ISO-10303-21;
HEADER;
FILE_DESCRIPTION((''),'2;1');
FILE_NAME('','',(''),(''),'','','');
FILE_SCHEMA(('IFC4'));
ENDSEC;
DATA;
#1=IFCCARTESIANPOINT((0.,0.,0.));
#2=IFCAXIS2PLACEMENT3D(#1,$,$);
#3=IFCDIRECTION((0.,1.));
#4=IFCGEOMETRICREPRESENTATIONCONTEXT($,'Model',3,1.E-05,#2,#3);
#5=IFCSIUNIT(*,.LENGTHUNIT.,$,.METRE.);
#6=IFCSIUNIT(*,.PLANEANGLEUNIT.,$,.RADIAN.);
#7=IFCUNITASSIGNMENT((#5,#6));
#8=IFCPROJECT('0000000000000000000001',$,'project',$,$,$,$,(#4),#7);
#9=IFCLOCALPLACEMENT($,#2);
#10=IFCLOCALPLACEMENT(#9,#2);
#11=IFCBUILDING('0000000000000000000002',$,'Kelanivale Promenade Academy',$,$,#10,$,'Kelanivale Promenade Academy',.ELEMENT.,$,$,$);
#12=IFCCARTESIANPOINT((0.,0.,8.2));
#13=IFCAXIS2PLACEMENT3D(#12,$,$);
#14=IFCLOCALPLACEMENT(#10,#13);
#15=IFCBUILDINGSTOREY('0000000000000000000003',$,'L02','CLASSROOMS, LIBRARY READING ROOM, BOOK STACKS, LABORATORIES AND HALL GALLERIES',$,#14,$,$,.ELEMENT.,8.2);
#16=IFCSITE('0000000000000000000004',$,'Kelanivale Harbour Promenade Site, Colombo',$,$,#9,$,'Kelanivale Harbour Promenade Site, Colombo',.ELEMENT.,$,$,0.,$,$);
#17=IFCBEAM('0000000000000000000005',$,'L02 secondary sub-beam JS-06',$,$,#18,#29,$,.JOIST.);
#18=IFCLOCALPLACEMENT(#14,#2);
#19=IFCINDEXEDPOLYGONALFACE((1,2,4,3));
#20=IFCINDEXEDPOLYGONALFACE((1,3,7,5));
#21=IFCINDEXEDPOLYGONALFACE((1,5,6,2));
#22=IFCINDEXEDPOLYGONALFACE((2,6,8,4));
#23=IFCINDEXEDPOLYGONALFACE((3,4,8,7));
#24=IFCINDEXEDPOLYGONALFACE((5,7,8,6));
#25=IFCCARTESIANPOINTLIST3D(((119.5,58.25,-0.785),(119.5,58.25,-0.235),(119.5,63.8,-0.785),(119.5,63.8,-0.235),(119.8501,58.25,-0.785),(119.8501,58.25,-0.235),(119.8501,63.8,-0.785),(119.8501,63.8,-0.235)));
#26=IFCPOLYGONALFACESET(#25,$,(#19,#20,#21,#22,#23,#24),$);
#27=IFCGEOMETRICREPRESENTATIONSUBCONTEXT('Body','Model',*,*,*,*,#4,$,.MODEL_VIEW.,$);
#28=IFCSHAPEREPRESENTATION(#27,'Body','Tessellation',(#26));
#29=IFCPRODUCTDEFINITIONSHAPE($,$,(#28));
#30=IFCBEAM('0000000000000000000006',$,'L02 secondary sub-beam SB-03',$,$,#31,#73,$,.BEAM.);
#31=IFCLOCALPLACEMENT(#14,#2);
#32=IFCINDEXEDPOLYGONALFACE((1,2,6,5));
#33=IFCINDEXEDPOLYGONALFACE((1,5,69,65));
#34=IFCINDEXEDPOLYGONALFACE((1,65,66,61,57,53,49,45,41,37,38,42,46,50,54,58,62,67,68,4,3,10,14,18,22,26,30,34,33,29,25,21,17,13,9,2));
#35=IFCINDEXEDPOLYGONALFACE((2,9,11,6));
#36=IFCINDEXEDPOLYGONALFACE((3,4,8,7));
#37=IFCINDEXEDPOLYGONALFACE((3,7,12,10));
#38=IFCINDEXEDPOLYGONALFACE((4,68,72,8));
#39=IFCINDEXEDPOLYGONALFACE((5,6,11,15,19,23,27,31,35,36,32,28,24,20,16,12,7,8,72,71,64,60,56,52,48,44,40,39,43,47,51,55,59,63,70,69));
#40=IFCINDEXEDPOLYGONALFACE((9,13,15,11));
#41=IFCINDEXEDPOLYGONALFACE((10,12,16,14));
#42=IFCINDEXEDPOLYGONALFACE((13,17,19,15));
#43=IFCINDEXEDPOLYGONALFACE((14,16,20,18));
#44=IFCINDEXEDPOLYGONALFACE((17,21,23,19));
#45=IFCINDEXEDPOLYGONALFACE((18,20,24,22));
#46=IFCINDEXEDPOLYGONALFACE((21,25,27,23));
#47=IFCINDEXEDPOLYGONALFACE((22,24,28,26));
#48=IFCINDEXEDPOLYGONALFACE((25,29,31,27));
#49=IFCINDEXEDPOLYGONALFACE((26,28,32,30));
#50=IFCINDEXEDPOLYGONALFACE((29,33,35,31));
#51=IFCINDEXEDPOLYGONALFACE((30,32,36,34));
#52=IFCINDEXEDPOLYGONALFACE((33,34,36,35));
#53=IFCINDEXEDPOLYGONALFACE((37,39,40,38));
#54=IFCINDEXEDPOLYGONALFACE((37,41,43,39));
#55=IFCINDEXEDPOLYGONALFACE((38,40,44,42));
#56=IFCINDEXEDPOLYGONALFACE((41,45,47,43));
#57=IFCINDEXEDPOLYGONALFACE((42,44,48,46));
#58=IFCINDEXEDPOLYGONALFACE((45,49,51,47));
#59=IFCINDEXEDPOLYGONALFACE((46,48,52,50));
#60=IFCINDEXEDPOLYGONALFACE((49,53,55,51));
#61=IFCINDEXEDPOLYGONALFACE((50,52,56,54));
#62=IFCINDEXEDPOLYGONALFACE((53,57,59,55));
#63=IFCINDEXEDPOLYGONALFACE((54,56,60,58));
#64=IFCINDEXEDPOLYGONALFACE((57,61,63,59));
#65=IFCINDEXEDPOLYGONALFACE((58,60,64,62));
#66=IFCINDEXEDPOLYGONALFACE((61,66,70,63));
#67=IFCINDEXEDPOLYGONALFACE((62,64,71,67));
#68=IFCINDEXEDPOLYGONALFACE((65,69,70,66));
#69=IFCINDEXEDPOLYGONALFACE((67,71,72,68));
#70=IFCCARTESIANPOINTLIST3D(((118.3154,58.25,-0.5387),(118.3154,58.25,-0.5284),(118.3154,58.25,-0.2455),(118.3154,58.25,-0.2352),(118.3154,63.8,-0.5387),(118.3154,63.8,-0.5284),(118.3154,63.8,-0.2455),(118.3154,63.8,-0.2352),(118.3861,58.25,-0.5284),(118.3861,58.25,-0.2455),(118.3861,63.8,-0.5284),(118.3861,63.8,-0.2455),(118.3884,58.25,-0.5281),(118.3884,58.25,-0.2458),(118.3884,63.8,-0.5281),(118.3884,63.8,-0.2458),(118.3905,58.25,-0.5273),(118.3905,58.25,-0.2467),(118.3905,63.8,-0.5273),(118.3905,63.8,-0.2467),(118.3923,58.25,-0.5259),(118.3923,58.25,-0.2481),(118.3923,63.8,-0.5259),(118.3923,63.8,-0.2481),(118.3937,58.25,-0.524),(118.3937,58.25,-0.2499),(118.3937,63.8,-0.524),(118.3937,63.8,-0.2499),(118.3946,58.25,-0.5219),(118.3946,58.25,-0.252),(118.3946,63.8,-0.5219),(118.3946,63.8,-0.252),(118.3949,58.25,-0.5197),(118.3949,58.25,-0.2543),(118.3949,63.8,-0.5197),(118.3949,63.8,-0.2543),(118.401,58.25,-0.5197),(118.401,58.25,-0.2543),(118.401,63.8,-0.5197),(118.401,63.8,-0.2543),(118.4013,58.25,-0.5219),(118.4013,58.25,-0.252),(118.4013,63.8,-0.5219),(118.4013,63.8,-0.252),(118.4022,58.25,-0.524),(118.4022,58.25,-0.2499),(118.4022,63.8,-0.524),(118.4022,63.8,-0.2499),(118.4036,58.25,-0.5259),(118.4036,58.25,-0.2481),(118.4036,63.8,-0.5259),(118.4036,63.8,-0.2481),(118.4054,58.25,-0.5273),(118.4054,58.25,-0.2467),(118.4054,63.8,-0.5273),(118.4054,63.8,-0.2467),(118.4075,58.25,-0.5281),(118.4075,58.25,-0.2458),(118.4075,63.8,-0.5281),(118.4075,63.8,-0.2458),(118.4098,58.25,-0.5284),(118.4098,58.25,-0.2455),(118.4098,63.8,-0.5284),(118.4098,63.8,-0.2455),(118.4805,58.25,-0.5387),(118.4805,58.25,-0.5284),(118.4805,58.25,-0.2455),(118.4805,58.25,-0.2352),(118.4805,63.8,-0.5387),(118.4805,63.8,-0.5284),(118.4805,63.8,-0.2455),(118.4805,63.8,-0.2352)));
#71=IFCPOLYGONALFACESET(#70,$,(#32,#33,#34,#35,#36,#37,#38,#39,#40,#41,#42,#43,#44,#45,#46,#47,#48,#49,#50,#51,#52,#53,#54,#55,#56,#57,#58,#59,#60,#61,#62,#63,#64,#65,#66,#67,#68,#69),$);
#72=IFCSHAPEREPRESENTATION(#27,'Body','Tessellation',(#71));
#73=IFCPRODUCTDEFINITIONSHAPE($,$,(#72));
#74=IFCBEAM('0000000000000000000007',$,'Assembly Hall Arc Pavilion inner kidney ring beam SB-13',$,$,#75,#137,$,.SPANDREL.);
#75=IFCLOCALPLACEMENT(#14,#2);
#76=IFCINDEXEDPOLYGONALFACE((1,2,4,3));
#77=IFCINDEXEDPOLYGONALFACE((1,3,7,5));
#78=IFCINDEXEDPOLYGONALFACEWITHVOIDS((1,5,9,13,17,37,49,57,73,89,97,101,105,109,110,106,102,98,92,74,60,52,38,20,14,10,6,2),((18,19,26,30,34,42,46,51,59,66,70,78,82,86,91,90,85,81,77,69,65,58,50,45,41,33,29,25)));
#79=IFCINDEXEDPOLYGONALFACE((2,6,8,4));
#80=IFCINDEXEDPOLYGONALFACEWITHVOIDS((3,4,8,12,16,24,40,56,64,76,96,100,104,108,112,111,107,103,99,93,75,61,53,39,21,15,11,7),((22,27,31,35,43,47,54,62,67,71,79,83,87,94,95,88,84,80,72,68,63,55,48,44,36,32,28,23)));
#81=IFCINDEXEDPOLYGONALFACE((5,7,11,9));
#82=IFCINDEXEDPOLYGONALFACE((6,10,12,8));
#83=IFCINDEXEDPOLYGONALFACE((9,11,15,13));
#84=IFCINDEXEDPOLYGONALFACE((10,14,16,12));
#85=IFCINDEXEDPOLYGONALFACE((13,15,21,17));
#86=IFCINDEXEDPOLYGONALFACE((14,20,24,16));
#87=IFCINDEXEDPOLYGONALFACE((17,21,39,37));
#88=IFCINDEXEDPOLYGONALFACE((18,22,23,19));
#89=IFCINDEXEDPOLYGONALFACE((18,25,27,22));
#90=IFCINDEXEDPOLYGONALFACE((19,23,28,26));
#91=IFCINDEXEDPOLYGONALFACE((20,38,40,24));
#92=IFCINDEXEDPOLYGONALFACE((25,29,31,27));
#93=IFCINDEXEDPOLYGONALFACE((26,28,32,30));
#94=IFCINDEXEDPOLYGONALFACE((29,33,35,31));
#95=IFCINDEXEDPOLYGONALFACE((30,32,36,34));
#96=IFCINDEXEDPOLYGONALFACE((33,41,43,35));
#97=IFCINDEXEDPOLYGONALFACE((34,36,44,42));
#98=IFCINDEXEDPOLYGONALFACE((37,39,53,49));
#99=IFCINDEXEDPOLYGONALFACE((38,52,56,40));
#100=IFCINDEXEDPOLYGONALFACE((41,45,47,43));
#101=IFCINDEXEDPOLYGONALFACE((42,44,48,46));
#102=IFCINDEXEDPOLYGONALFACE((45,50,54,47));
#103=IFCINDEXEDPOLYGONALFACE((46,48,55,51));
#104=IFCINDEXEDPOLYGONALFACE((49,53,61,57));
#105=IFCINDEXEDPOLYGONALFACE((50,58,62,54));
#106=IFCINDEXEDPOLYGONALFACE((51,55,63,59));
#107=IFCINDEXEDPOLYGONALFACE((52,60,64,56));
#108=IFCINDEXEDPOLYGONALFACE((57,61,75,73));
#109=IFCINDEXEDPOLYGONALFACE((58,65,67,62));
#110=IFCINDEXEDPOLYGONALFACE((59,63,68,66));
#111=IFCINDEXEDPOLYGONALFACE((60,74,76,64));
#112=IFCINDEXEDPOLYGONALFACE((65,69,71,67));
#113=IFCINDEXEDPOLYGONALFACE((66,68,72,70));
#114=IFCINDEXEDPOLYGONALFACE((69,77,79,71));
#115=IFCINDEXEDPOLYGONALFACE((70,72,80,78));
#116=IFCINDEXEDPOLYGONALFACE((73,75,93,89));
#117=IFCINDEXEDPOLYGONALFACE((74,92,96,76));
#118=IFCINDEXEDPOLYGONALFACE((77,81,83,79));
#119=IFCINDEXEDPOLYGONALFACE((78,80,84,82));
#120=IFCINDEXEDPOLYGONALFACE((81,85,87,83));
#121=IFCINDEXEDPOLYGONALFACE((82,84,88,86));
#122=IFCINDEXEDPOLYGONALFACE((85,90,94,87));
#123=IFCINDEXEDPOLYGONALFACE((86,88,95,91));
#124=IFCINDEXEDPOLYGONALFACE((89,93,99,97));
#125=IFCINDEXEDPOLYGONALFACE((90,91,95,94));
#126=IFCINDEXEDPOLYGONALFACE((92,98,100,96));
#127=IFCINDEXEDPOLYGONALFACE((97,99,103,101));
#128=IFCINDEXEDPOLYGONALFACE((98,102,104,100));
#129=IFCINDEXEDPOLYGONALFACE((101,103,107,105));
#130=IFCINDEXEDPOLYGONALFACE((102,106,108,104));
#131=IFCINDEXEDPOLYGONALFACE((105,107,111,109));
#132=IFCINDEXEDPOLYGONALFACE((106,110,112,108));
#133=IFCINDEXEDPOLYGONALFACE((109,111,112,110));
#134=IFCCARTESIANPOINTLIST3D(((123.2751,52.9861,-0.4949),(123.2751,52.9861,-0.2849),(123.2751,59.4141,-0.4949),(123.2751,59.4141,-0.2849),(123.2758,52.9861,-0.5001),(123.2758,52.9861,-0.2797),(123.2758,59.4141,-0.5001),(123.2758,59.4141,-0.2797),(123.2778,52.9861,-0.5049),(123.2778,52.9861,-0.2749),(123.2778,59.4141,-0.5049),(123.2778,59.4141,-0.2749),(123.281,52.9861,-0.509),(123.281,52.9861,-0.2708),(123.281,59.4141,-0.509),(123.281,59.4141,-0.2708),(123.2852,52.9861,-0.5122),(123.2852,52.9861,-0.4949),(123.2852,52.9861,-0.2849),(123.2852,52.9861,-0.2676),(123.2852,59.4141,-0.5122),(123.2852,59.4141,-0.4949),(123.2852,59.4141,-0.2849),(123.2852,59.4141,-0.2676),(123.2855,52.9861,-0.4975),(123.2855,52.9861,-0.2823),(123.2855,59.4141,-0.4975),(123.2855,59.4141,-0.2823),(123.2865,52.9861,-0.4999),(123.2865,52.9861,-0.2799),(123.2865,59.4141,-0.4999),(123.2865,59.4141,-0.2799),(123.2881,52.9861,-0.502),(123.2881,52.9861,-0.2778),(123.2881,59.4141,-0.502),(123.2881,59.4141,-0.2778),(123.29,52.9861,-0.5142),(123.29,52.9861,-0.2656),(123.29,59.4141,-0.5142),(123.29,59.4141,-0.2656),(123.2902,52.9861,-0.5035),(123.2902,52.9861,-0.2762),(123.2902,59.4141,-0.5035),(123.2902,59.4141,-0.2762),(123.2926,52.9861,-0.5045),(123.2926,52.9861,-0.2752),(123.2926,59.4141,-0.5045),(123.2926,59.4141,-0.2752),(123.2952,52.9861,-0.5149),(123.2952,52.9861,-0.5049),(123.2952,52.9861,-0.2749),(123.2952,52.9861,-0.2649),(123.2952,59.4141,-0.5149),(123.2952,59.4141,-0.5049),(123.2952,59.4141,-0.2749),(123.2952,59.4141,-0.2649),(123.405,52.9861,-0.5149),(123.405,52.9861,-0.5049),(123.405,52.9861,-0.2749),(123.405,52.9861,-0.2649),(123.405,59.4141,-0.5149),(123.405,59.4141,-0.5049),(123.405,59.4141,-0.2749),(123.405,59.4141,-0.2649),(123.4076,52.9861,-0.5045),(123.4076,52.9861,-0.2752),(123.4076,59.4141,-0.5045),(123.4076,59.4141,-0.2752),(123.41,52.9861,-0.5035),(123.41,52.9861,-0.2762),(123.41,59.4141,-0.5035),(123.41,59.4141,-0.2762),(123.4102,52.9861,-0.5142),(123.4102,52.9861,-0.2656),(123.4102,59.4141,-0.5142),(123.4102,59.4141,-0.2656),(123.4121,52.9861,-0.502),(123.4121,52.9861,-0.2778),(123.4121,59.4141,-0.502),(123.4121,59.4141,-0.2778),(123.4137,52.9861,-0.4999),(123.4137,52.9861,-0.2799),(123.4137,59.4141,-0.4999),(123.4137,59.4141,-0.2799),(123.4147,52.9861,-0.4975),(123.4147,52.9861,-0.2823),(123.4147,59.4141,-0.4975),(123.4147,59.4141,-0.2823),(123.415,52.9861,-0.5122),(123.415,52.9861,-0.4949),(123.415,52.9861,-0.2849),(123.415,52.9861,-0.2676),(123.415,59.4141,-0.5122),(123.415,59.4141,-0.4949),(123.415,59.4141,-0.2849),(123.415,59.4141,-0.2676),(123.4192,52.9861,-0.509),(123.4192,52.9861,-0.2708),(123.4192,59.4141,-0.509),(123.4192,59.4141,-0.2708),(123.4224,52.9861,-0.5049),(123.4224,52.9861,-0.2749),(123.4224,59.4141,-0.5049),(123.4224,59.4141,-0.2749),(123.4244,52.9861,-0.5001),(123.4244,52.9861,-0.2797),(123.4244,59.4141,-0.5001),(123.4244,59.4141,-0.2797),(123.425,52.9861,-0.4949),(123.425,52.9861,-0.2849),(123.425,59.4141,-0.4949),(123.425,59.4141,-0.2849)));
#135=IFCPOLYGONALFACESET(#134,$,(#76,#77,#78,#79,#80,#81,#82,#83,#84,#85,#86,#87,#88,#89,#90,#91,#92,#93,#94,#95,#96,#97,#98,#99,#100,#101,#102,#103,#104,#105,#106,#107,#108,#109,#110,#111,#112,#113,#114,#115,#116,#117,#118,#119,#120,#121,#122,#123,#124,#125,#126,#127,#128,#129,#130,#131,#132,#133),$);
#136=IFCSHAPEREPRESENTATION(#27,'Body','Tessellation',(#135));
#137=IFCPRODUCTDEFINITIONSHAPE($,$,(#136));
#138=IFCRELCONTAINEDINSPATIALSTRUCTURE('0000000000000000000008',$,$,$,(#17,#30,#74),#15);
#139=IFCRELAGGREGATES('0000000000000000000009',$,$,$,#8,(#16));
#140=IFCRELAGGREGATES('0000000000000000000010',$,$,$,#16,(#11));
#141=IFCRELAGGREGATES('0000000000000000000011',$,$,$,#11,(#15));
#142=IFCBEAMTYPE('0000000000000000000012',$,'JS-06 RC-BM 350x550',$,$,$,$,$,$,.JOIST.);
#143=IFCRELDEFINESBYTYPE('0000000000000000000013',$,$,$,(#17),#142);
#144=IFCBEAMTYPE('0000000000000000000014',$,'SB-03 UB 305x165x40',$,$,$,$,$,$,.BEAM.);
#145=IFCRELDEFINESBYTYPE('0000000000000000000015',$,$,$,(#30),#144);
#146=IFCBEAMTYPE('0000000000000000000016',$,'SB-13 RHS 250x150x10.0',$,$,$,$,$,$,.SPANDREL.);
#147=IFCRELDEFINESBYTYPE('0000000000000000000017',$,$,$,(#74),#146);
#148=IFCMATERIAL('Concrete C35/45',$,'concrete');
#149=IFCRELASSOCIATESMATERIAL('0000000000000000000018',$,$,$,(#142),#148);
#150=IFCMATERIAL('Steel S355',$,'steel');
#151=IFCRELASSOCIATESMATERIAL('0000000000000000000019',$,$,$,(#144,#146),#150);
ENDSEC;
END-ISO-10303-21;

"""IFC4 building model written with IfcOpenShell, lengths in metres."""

from ifc_helpers import new_model, si_unit, direction, frame, origin, origin_2d, place, context, subcontext, project, spatial, rectangle, hollow_rectangle, i_section, extrude, material, material_profile, profile_set, type_object, element, save


model = new_model("IFC4")

# Units and contexts
model_context = context("Model", 3, precision=1e-05, world=origin(), true_north=direction((0.0, 1.0)))
body_context = subcontext(model_context, "Body", "Model", "MODEL_VIEW")
ifc_project = project(units=[si_unit("LENGTHUNIT", "METRE"), si_unit("PLANEANGLEUNIT", "RADIAN")], contexts=[model_context])

# Site, building, storey
site_placement = place(None, origin())
site = spatial("IfcSite", under=ifc_project, at=site_placement, Name="Kelanivale Harbour Promenade Site, Colombo", LongName="Kelanivale Harbour Promenade Site, Colombo", CompositionType="ELEMENT", RefElevation=0.0)
building_placement = place(site_placement, origin())
building = spatial("IfcBuilding", under=site, at=building_placement, Name="Kelanivale Promenade Academy", LongName="Kelanivale Promenade Academy", CompositionType="ELEMENT")
storey_placement = place(building_placement, frame((0.0, 0.0, 8.2)))
storey = spatial("IfcBuildingStorey", under=building, at=storey_placement, Name="L02", Description="CLASSROOMS, LIBRARY READING ROOM, BOOK STACKS, LABORATORIES AND HALL GALLERIES", CompositionType="ELEMENT", Elevation=8.2)

# Shared definitions
ifc_material_1 = material(Name="Steel S355", Category="steel")

# Beams
ifc_material_2 = material(Name="Concrete C35/45", Category="concrete")
ifc_material_profile_1 = material_profile(ifc_material_2, rectangle(XDim=0.3501, YDim=0.55, at=origin_2d()), Name="RC-BM 350x550")
ifc_profile_set_1 = profile_set([ifc_material_profile_1], Name="Concrete C35/45")
beam_type_1 = type_object("IfcBeamType", Name="JS-06 RC-BM 350x550", PredefinedType="JOIST", material=ifc_profile_set_1)
beam_1_placement = place(storey_placement, frame((119.675, 58.25, -0.51), z_axis=(0.0, 1.0, 0.0), x_axis=(-1.0, 0.0, 0.0)))
element("IfcBeam", 1, at=beam_1_placement, inside=storey, type_object=beam_type_1, Name="L02 secondary sub-beam JS-06", PredefinedType="JOIST", context=body_context, shape_type="SweptSolid", body=[
    extrude(rectangle(XDim=0.3501, YDim=0.55, at=origin_2d()), origin(), (0.0, 0.0, 1.0), 5.55),
])
ifc_material_profile_2 = material_profile(ifc_material_1, i_section(OverallWidth=0.165, OverallDepth=0.3035, WebThickness=0.0061, FlangeThickness=0.0103, FilletRadius=0.0088, at=origin_2d()), Name="UB 305x165x40")
ifc_profile_set_2 = profile_set([ifc_material_profile_2], Name="Steel S355")
beam_type_2 = type_object("IfcBeamType", Name="SB-03 UB 305x165x40", PredefinedType="BEAM", material=ifc_profile_set_2)
beam_2_placement = place(storey_placement, frame((118.3979, 58.25, -0.387), z_axis=(0.0, 1.0, 0.0), x_axis=(-1.0, 0.0, 0.0)))
element("IfcBeam", 2, at=beam_2_placement, inside=storey, type_object=beam_type_2, Name="L02 secondary sub-beam SB-03", PredefinedType="BEAM", context=body_context, shape_type="SweptSolid", body=[
    extrude(i_section(OverallWidth=0.165, OverallDepth=0.3035, WebThickness=0.0061, FlangeThickness=0.0103, FilletRadius=0.0088, at=origin_2d()), origin(), (0.0, 0.0, 1.0), 5.55),
])
ifc_material_profile_3 = material_profile(ifc_material_1, hollow_rectangle(XDim=0.1499, YDim=0.25, WallThickness=0.01, InnerFilletRadius=0.01, OuterFilletRadius=0.02, at=origin_2d()), Name="RHS 250x150x10.0")
ifc_profile_set_3 = profile_set([ifc_material_profile_3], Name="Steel S355")
beam_type_3 = type_object("IfcBeamType", Name="SB-13 RHS 250x150x10.0", PredefinedType="SPANDREL", material=ifc_profile_set_3)
beam_3_placement = place(storey_placement, frame((123.3501, 52.9861, -0.3899), z_axis=(0.0, 1.0, 0.0), x_axis=(-1.0, 0.0, 0.0)))
element("IfcBeam", 3, at=beam_3_placement, inside=storey, type_object=beam_type_3, Name="Assembly Hall Arc Pavilion inner kidney ring beam SB-13", PredefinedType="SPANDREL", context=body_context, shape_type="SweptSolid", body=[
    extrude(hollow_rectangle(XDim=0.1499, YDim=0.25, WallThickness=0.01, InnerFilletRadius=0.01, OuterFilletRadius=0.02, at=origin_2d()), origin(), (0.0, 0.0, 1.0), 6.428),
])

save(model, "model.ifc")
